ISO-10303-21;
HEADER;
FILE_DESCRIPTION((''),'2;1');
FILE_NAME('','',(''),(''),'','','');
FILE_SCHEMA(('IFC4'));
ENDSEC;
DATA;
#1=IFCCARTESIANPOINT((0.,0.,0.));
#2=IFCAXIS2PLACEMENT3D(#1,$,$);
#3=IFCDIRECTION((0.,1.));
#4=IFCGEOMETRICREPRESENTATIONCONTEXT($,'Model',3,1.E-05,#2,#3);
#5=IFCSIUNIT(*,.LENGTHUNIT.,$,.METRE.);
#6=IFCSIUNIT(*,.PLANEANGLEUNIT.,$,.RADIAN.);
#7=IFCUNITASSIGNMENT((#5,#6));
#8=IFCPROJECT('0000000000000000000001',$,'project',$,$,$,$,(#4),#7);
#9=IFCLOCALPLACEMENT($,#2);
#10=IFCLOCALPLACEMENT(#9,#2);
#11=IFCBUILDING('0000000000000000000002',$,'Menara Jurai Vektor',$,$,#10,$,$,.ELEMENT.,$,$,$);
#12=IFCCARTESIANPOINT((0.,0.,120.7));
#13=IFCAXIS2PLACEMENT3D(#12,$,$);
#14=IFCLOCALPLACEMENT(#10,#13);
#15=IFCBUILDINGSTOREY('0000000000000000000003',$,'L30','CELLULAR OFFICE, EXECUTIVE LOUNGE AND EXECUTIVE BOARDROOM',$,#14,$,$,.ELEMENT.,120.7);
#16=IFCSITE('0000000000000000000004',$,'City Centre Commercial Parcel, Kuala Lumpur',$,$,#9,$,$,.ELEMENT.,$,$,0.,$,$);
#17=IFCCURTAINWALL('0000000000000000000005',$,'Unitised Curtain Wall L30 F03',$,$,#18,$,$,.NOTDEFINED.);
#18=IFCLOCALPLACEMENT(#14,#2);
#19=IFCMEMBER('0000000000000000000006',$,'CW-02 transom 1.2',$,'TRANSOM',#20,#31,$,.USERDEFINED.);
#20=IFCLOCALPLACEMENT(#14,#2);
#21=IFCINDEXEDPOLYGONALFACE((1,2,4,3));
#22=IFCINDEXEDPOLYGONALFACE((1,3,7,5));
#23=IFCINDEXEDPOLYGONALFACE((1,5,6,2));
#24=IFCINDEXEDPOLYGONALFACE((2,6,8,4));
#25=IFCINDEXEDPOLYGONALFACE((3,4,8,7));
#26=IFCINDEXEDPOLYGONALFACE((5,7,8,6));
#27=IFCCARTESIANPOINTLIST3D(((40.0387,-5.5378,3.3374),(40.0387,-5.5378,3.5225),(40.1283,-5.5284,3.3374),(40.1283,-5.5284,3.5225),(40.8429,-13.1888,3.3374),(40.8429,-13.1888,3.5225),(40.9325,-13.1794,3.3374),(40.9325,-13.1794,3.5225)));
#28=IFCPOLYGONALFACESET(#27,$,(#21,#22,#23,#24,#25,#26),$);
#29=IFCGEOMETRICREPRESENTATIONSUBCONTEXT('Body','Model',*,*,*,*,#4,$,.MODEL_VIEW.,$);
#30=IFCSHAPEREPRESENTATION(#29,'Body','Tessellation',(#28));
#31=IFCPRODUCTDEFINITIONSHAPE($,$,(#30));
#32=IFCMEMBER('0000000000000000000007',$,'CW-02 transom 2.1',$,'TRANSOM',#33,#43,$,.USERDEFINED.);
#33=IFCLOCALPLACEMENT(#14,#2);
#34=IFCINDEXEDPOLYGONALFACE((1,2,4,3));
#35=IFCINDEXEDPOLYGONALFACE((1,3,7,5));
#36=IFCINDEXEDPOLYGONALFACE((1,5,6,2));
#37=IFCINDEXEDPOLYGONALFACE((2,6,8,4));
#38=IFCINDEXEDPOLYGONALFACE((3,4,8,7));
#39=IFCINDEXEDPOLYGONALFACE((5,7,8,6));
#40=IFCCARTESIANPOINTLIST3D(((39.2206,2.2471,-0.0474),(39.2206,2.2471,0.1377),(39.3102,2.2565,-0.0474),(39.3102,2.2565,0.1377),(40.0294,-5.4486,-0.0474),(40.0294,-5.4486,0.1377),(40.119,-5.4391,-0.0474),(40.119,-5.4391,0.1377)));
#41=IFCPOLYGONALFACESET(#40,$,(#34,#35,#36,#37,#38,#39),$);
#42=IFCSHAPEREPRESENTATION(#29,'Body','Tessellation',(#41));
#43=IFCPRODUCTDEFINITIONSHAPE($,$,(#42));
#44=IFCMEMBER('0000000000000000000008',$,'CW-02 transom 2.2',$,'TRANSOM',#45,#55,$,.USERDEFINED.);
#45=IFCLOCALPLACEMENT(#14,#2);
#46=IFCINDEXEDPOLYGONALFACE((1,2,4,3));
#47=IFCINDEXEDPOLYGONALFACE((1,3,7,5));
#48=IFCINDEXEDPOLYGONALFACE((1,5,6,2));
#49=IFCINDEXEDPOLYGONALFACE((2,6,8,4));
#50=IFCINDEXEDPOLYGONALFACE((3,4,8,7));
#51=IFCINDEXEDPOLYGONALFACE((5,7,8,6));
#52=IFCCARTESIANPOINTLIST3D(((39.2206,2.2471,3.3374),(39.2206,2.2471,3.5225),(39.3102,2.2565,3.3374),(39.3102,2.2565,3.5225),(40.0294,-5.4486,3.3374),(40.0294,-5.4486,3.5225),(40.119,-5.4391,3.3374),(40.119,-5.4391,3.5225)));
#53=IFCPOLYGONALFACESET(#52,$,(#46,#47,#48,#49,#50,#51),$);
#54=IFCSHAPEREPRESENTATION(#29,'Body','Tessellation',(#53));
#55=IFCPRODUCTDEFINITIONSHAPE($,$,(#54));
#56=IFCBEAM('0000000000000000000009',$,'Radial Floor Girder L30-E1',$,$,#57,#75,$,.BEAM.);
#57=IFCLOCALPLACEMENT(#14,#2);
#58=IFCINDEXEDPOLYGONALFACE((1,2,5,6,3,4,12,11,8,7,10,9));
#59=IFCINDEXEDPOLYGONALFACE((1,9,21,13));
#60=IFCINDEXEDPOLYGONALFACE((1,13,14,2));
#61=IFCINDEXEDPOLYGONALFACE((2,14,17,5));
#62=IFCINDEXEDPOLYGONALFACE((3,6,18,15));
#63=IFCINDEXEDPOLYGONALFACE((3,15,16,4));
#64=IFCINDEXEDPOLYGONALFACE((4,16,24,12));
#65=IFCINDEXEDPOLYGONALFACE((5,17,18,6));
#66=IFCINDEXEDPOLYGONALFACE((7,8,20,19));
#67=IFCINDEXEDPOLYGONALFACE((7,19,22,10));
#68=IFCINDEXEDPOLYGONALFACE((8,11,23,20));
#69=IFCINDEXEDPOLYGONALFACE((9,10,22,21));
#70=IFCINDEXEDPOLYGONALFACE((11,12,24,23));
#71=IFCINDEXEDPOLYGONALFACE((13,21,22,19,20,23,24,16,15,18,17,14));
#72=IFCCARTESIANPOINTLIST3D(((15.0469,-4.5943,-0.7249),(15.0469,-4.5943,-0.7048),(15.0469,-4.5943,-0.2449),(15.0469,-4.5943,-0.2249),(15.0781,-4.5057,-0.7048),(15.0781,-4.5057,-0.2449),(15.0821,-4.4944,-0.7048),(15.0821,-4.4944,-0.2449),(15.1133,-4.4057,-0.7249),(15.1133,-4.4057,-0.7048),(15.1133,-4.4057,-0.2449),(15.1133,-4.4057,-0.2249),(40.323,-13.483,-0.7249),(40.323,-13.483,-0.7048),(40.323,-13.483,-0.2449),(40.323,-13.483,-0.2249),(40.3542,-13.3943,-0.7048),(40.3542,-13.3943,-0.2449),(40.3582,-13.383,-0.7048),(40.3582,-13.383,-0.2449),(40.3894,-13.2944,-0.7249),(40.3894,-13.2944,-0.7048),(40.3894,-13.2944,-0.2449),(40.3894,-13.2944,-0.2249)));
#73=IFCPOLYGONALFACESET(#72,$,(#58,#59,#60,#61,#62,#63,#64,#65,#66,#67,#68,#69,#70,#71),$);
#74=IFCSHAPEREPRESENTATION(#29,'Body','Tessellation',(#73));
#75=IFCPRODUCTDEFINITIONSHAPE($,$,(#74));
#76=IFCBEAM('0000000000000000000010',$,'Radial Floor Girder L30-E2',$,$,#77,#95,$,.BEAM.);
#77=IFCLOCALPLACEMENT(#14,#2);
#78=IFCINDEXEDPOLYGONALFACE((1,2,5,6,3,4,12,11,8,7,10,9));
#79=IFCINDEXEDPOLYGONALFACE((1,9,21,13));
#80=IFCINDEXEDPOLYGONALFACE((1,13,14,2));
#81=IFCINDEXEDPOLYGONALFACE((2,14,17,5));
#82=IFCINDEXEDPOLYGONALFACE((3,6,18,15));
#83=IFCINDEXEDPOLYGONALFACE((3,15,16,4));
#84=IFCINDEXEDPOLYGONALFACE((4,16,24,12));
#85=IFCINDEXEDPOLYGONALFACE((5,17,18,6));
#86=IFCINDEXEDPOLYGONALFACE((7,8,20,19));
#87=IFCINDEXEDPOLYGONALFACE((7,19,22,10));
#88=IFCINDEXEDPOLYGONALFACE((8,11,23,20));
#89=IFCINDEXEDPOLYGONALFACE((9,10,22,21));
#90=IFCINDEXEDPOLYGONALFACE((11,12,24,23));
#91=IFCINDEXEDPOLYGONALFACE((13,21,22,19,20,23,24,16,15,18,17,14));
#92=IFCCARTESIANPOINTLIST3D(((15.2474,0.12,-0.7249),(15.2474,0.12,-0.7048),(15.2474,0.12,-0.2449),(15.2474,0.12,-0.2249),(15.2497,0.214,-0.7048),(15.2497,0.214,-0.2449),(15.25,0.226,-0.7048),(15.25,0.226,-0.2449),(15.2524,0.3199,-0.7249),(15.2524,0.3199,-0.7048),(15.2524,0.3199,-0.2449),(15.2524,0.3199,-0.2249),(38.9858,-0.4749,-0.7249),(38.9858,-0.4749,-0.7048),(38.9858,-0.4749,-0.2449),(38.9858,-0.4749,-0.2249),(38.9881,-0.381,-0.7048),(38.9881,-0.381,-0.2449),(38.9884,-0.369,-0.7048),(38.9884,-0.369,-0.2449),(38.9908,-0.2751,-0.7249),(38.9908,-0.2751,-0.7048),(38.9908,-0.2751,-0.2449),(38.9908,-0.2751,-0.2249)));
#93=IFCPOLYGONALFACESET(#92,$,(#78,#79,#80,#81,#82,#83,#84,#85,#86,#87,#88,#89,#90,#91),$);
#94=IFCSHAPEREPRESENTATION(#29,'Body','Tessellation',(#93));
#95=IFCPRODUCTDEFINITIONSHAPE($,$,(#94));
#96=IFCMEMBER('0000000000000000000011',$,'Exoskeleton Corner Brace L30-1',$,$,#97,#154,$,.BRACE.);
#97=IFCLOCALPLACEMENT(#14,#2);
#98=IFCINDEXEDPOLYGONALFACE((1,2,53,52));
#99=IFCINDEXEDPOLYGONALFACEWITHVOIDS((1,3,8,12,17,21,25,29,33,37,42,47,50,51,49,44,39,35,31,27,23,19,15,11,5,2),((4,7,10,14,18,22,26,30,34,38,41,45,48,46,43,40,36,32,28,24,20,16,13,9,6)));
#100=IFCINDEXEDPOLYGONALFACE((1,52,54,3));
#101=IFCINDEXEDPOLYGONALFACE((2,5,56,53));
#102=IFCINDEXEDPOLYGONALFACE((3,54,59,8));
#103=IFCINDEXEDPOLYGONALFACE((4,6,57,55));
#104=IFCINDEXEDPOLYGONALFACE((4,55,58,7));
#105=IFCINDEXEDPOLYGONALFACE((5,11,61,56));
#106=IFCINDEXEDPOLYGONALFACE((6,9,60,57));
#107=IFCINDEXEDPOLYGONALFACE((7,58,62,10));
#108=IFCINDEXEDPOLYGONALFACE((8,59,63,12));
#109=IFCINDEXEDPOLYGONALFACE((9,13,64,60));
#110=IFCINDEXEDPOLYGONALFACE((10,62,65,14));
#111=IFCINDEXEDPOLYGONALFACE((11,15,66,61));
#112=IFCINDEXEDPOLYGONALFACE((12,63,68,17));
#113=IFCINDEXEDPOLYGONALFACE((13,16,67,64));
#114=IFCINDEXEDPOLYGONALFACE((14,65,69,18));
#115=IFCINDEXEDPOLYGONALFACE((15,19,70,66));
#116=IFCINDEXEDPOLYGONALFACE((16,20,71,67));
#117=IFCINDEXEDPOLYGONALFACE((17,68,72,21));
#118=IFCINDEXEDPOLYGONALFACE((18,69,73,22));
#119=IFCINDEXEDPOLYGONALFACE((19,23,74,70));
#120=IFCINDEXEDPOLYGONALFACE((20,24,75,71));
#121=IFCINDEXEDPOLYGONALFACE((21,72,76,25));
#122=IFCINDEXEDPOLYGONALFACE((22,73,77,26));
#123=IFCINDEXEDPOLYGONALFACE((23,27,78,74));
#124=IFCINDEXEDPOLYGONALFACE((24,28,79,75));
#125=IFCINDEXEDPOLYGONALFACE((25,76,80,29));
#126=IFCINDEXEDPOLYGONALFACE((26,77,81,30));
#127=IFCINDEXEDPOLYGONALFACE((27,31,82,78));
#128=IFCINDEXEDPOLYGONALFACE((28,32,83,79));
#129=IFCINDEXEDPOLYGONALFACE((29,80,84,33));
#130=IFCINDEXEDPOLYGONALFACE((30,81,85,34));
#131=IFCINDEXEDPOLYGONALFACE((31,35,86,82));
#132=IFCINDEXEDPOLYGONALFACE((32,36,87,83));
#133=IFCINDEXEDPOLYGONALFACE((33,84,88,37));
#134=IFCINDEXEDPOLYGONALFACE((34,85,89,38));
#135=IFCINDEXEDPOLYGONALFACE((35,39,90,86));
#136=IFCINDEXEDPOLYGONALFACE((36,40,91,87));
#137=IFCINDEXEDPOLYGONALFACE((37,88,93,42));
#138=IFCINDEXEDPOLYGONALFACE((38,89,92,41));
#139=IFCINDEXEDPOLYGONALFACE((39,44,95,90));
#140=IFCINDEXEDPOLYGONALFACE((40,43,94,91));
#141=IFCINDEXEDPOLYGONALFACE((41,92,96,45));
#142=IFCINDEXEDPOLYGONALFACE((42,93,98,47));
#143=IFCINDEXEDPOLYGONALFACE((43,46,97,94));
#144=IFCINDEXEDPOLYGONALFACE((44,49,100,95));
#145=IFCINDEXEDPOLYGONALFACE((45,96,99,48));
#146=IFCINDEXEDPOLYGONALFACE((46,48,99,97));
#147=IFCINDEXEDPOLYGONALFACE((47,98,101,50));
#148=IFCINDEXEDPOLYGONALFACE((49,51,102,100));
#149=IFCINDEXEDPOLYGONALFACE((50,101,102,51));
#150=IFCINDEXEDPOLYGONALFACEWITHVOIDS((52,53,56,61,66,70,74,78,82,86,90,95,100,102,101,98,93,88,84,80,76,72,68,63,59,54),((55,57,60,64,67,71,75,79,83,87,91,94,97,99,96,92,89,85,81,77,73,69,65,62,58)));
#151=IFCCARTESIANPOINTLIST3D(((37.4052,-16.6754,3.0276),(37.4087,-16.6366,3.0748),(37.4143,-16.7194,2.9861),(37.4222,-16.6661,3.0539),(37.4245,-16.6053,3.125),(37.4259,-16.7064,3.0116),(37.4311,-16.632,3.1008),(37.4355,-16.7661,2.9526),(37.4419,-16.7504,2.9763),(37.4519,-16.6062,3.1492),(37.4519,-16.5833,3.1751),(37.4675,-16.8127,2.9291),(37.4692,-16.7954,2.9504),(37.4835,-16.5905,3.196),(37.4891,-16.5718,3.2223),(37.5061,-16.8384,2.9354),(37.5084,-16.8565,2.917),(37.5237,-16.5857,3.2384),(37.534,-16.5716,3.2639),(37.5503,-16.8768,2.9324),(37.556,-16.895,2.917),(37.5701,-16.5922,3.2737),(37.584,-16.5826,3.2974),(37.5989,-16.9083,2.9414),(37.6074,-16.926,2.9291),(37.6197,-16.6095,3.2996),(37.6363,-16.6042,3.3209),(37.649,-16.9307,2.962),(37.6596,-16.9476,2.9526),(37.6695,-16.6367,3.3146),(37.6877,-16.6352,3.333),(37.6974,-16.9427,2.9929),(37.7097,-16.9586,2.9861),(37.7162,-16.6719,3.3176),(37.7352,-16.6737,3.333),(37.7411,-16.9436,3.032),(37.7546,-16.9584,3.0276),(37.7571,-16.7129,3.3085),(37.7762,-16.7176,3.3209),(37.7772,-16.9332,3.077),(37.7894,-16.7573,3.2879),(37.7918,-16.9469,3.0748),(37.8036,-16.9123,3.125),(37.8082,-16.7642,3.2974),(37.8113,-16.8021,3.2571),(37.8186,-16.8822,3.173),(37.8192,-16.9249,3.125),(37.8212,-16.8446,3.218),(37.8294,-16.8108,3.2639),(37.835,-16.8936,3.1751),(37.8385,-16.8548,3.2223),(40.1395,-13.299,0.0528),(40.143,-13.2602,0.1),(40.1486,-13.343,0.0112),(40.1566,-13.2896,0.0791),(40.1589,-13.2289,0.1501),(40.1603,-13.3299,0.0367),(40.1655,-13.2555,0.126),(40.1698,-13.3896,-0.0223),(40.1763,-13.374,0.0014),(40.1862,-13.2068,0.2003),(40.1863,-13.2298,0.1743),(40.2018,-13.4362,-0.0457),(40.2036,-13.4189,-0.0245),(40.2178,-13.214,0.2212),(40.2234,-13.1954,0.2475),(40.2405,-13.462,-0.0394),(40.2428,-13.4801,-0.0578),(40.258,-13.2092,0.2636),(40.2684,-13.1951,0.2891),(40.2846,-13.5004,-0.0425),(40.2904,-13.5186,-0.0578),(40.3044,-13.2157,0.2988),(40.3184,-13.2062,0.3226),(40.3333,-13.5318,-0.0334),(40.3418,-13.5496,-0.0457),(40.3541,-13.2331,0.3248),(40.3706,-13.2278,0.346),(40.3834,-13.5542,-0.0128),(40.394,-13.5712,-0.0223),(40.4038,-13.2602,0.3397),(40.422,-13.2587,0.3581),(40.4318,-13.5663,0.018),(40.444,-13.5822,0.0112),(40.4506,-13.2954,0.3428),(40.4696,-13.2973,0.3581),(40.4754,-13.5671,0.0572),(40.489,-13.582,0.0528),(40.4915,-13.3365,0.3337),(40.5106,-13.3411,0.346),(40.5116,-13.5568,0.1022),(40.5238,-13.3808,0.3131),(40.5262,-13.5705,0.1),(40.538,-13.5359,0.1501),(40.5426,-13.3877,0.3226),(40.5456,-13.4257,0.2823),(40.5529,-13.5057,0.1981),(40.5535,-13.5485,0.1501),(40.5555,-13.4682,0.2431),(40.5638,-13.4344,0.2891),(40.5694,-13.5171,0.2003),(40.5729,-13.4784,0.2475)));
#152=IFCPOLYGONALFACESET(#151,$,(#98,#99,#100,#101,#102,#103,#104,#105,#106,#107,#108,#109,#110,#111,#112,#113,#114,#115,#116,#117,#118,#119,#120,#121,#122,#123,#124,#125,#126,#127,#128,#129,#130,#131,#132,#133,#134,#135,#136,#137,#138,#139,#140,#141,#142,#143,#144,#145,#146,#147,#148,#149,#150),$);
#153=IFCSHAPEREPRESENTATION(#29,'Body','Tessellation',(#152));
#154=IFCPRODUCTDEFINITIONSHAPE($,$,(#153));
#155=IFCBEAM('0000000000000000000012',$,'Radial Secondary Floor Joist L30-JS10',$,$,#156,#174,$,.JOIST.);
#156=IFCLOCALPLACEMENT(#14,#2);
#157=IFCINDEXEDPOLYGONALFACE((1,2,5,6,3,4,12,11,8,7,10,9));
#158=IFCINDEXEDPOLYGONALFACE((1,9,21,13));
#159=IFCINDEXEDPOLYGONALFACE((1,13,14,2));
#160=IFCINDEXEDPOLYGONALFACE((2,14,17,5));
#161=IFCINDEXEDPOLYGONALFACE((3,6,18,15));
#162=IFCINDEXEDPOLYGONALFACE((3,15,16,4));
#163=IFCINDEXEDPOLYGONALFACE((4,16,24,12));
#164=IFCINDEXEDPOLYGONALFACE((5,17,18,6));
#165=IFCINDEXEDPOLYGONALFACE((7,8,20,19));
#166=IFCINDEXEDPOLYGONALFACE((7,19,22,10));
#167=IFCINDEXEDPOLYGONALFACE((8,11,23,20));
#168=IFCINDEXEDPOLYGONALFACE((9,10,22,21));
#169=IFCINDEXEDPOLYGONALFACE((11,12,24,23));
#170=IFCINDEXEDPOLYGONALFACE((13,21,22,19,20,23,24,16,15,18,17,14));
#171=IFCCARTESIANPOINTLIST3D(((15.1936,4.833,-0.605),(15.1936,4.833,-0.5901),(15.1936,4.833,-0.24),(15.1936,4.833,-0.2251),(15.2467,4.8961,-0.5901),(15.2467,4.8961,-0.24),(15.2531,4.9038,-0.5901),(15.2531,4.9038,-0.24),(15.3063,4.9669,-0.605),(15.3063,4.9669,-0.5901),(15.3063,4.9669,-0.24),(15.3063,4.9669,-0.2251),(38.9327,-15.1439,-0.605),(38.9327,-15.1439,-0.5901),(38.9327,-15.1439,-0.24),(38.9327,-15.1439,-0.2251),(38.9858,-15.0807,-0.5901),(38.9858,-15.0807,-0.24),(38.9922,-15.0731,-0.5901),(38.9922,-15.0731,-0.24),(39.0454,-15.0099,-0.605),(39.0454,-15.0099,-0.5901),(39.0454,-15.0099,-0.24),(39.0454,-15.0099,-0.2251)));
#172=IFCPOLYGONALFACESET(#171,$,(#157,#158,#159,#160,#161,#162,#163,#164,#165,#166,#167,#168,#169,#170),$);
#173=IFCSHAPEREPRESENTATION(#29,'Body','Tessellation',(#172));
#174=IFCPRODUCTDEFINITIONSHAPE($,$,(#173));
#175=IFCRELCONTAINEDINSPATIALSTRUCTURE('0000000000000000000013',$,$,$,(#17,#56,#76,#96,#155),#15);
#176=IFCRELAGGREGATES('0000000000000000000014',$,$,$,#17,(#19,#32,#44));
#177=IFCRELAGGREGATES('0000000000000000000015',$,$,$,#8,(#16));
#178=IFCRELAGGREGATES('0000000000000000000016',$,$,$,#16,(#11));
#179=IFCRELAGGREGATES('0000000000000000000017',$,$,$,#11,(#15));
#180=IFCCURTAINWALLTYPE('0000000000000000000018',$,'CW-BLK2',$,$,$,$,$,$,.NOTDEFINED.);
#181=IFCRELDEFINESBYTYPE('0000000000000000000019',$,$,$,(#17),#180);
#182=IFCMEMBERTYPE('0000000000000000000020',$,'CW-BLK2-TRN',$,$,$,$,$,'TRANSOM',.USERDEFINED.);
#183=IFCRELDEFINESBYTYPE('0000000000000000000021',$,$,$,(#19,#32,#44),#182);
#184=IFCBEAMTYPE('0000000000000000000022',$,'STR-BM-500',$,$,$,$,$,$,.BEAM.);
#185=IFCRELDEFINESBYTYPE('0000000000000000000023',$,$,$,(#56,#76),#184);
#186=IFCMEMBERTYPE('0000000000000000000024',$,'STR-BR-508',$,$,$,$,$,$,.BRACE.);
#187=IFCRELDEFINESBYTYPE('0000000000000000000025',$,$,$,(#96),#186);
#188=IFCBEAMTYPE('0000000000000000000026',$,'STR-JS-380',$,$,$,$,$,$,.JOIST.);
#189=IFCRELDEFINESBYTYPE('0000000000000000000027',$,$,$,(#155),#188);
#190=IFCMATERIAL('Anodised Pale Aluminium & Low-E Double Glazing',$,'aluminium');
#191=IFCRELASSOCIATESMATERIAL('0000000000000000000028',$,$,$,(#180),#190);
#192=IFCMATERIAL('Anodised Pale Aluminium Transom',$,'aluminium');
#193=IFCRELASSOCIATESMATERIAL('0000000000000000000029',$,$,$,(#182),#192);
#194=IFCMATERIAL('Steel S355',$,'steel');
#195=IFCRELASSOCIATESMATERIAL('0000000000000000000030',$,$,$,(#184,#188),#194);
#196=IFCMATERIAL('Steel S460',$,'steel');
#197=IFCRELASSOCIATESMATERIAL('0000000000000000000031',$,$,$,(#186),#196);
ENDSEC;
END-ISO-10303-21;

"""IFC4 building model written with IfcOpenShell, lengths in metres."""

from ifc_helpers import new_model, si_unit, direction, frame, origin, origin_2d, place, context, subcontext, project, spatial, rectangle, hollow_circle, i_section, extrude, material, material_profile, profile_set, type_object, element, aggregate, save


model = new_model("IFC4")

# Units and contexts
model_context = context("Model", 3, precision=1e-05, world=origin(), true_north=direction((0.0, 1.0)))
body_context = subcontext(model_context, "Body", "Model", "MODEL_VIEW")
ifc_project = project(units=[si_unit("LENGTHUNIT", "METRE"), si_unit("PLANEANGLEUNIT", "RADIAN")], contexts=[model_context])

# Site, building, storey
site_placement = place(None, origin())
site = spatial("IfcSite", under=ifc_project, at=site_placement, Name="City Centre Commercial Parcel, Kuala Lumpur", CompositionType="ELEMENT", RefElevation=0.0)
building_placement = place(site_placement, origin())
building = spatial("IfcBuilding", under=site, at=building_placement, Name="Menara Jurai Vektor", CompositionType="ELEMENT")
storey_placement = place(building_placement, frame((0.0, 0.0, 120.7)))
storey = spatial("IfcBuildingStorey", under=building, at=storey_placement, Name="L30", Description="CELLULAR OFFICE, EXECUTIVE LOUNGE AND EXECUTIVE BOARDROOM", CompositionType="ELEMENT", Elevation=120.7)

# Shared definitions
ifc_material_1 = material(Name="Steel S460", Category="steel")

# Curtain wall
ifc_material_2 = material(Name="Anodised Pale Aluminium & Low-E Double Glazing", Category="aluminium")
curtain_wall_type = type_object("IfcCurtainWallType", Name="CW-BLK2", PredefinedType="NOTDEFINED", material=ifc_material_2)
curtain_wall_1_placement = place(storey_placement, origin())
curtain_wall_1 = element("IfcCurtainWall", 1, at=curtain_wall_1_placement, inside=storey, type_object=curtain_wall_type, Name="Unitised Curtain Wall L30 F03", PredefinedType="NOTDEFINED")

# Members
ifc_material_3 = material(Name="Anodised Pale Aluminium Transom", Category="aluminium")
ifc_material_profile_1 = material_profile(ifc_material_3, rectangle(XDim=0.0901, YDim=0.1851, at=origin_2d()), Name="ALU TRN 90x185")
ifc_profile_set_1 = profile_set([ifc_material_profile_1], Name="Anodised Pale Aluminium Transom")
member_type_1 = type_object("IfcMemberType", Name="CW-BLK2-TRN", ElementType="TRANSOM", PredefinedType="USERDEFINED", material=ifc_profile_set_1)
member_1_placement = place(storey_placement, frame((40.8877, -13.1841, 3.4299), z_axis=(-0.104536, 0.994521, 0.0), x_axis=(-0.994521, -0.104536, 0.0)))
member_1 = element("IfcMember", 2, at=member_1_placement, type_object=member_type_1, Name="CW-02 transom 1.2", ObjectType="TRANSOM", PredefinedType="USERDEFINED", context=body_context, shape_type="SweptSolid", body=[
    extrude(rectangle(XDim=0.0901, YDim=0.1851, at=origin_2d()), origin(), (0.0, 0.0, 1.0), 7.6931),
])
member_2_placement = place(storey_placement, frame((40.0742, -5.4438, 0.0452), z_axis=(-0.104529, 0.994522, 0.0), x_axis=(-0.994522, -0.104529, 0.0)))
member_2 = element("IfcMember", 3, at=member_2_placement, type_object=member_type_1, Name="CW-02 transom 2.1", ObjectType="TRANSOM", PredefinedType="USERDEFINED", context=body_context, shape_type="SweptSolid", body=[
    extrude(rectangle(XDim=0.0901, YDim=0.1851, at=origin_2d()), origin(), (0.0, 0.0, 1.0), 7.738),
])
member_3_placement = place(storey_placement, frame((40.0742, -5.4438, 3.4299), z_axis=(-0.104529, 0.994522, 0.0), x_axis=(-0.994522, -0.104529, 0.0)))
member_3 = element("IfcMember", 4, at=member_3_placement, type_object=member_type_1, Name="CW-02 transom 2.2", ObjectType="TRANSOM", PredefinedType="USERDEFINED", context=body_context, shape_type="SweptSolid", body=[
    extrude(rectangle(XDim=0.0901, YDim=0.1851, at=origin_2d()), origin(), (0.0, 0.0, 1.0), 7.738),
])

# Beams
ifc_material_4 = material(Name="Steel S355", Category="steel")
ifc_material_profile_2 = material_profile(ifc_material_4, i_section(OverallWidth=0.2, OverallDepth=0.5, WebThickness=0.012, FlangeThickness=0.02, at=origin_2d()), Name="PG 500x200x96")
ifc_profile_set_2 = profile_set([ifc_material_profile_2], Name="Steel S355")
beam_type_1 = type_object("IfcBeamType", Name="STR-BM-500", PredefinedType="BEAM", material=ifc_profile_set_2)
beam_1_placement = place(storey_placement, frame((40.3562, -13.3887, -0.4749), z_axis=(-0.943368, 0.331747, 0.0), x_axis=(-0.331747, -0.943368, 0.0)))
element("IfcBeam", 5, at=beam_1_placement, inside=storey, type_object=beam_type_1, Name="Radial Floor Girder L30-E1", PredefinedType="BEAM", context=body_context, shape_type="SweptSolid", body=[
    extrude(i_section(OverallWidth=0.2, OverallDepth=0.5, WebThickness=0.012, FlangeThickness=0.02, at=origin_2d()), origin(), (0.0, 0.0, 1.0), 26.7935),
])
beam_2_placement = place(storey_placement, frame((38.9883, -0.375, -0.4749), z_axis=(-0.999686, 0.025056, 0.0), x_axis=(-0.025056, -0.999686, 0.0)))
element("IfcBeam", 6, at=beam_2_placement, inside=storey, type_object=beam_type_1, Name="Radial Floor Girder L30-E2", PredefinedType="BEAM", context=body_context, shape_type="SweptSolid", body=[
    extrude(i_section(OverallWidth=0.2, OverallDepth=0.5, WebThickness=0.012, FlangeThickness=0.02, at=origin_2d()), origin(), (0.0, 0.0, 1.0), 23.7458),
])

# Member
ifc_material_profile_3 = material_profile(ifc_material_1, hollow_circle(Radius=0.2539, WallThickness=0.02, at=origin_2d()), Name="CHS 508x20")
ifc_profile_set_3 = profile_set([ifc_material_profile_3], Name="Steel S460")
member_type_2 = type_object("IfcMemberType", Name="STR-BR-508", PredefinedType="BRACE", material=ifc_profile_set_3)
member_4_placement = place(storey_placement, frame((40.3562, -13.3887, 0.1501), z_axis=(-0.519285, -0.641225, 0.564955), x_axis=(0.777127, -0.629344, 0.0)))
element("IfcMember", 7, at=member_4_placement, inside=storey, type_object=member_type_2, Name="Exoskeleton Corner Brace L30-1", PredefinedType="BRACE", context=body_context, shape_type="SweptSolid", body=[
    extrude(hollow_circle(Radius=0.2539, WallThickness=0.02, at=origin_2d()), origin(), (0.0, 0.0, 1.0), 5.2656),
])

# Beam
ifc_material_profile_4 = material_profile(ifc_material_4, i_section(OverallWidth=0.175, OverallDepth=0.3799, WebThickness=0.01, FlangeThickness=0.0149, at=origin_2d()), Name="PG 380x175x58")
ifc_profile_set_4 = profile_set([ifc_material_profile_4], Name="Steel S355")
beam_type_2 = type_object("IfcBeamType", Name="STR-JS-380", PredefinedType="JOIST", material=ifc_profile_set_4)
beam_3_placement = place(storey_placement, frame((38.989, -15.0769, -0.415), z_axis=(-0.765133, 0.643873, 0.0), x_axis=(-0.643873, -0.765133, 0.0)))
element("IfcBeam", 8, at=beam_3_placement, inside=storey, type_object=beam_type_2, Name="Radial Secondary Floor Joist L30-JS10", PredefinedType="JOIST", context=body_context, shape_type="SweptSolid", body=[
    extrude(i_section(OverallWidth=0.175, OverallDepth=0.3799, WebThickness=0.01, FlangeThickness=0.0149, at=origin_2d()), origin(), (0.0, 0.0, 1.0), 31.0261),
])

aggregate(curtain_wall_1, [member_1, member_2, member_3])

save(model, "model.ifc")
